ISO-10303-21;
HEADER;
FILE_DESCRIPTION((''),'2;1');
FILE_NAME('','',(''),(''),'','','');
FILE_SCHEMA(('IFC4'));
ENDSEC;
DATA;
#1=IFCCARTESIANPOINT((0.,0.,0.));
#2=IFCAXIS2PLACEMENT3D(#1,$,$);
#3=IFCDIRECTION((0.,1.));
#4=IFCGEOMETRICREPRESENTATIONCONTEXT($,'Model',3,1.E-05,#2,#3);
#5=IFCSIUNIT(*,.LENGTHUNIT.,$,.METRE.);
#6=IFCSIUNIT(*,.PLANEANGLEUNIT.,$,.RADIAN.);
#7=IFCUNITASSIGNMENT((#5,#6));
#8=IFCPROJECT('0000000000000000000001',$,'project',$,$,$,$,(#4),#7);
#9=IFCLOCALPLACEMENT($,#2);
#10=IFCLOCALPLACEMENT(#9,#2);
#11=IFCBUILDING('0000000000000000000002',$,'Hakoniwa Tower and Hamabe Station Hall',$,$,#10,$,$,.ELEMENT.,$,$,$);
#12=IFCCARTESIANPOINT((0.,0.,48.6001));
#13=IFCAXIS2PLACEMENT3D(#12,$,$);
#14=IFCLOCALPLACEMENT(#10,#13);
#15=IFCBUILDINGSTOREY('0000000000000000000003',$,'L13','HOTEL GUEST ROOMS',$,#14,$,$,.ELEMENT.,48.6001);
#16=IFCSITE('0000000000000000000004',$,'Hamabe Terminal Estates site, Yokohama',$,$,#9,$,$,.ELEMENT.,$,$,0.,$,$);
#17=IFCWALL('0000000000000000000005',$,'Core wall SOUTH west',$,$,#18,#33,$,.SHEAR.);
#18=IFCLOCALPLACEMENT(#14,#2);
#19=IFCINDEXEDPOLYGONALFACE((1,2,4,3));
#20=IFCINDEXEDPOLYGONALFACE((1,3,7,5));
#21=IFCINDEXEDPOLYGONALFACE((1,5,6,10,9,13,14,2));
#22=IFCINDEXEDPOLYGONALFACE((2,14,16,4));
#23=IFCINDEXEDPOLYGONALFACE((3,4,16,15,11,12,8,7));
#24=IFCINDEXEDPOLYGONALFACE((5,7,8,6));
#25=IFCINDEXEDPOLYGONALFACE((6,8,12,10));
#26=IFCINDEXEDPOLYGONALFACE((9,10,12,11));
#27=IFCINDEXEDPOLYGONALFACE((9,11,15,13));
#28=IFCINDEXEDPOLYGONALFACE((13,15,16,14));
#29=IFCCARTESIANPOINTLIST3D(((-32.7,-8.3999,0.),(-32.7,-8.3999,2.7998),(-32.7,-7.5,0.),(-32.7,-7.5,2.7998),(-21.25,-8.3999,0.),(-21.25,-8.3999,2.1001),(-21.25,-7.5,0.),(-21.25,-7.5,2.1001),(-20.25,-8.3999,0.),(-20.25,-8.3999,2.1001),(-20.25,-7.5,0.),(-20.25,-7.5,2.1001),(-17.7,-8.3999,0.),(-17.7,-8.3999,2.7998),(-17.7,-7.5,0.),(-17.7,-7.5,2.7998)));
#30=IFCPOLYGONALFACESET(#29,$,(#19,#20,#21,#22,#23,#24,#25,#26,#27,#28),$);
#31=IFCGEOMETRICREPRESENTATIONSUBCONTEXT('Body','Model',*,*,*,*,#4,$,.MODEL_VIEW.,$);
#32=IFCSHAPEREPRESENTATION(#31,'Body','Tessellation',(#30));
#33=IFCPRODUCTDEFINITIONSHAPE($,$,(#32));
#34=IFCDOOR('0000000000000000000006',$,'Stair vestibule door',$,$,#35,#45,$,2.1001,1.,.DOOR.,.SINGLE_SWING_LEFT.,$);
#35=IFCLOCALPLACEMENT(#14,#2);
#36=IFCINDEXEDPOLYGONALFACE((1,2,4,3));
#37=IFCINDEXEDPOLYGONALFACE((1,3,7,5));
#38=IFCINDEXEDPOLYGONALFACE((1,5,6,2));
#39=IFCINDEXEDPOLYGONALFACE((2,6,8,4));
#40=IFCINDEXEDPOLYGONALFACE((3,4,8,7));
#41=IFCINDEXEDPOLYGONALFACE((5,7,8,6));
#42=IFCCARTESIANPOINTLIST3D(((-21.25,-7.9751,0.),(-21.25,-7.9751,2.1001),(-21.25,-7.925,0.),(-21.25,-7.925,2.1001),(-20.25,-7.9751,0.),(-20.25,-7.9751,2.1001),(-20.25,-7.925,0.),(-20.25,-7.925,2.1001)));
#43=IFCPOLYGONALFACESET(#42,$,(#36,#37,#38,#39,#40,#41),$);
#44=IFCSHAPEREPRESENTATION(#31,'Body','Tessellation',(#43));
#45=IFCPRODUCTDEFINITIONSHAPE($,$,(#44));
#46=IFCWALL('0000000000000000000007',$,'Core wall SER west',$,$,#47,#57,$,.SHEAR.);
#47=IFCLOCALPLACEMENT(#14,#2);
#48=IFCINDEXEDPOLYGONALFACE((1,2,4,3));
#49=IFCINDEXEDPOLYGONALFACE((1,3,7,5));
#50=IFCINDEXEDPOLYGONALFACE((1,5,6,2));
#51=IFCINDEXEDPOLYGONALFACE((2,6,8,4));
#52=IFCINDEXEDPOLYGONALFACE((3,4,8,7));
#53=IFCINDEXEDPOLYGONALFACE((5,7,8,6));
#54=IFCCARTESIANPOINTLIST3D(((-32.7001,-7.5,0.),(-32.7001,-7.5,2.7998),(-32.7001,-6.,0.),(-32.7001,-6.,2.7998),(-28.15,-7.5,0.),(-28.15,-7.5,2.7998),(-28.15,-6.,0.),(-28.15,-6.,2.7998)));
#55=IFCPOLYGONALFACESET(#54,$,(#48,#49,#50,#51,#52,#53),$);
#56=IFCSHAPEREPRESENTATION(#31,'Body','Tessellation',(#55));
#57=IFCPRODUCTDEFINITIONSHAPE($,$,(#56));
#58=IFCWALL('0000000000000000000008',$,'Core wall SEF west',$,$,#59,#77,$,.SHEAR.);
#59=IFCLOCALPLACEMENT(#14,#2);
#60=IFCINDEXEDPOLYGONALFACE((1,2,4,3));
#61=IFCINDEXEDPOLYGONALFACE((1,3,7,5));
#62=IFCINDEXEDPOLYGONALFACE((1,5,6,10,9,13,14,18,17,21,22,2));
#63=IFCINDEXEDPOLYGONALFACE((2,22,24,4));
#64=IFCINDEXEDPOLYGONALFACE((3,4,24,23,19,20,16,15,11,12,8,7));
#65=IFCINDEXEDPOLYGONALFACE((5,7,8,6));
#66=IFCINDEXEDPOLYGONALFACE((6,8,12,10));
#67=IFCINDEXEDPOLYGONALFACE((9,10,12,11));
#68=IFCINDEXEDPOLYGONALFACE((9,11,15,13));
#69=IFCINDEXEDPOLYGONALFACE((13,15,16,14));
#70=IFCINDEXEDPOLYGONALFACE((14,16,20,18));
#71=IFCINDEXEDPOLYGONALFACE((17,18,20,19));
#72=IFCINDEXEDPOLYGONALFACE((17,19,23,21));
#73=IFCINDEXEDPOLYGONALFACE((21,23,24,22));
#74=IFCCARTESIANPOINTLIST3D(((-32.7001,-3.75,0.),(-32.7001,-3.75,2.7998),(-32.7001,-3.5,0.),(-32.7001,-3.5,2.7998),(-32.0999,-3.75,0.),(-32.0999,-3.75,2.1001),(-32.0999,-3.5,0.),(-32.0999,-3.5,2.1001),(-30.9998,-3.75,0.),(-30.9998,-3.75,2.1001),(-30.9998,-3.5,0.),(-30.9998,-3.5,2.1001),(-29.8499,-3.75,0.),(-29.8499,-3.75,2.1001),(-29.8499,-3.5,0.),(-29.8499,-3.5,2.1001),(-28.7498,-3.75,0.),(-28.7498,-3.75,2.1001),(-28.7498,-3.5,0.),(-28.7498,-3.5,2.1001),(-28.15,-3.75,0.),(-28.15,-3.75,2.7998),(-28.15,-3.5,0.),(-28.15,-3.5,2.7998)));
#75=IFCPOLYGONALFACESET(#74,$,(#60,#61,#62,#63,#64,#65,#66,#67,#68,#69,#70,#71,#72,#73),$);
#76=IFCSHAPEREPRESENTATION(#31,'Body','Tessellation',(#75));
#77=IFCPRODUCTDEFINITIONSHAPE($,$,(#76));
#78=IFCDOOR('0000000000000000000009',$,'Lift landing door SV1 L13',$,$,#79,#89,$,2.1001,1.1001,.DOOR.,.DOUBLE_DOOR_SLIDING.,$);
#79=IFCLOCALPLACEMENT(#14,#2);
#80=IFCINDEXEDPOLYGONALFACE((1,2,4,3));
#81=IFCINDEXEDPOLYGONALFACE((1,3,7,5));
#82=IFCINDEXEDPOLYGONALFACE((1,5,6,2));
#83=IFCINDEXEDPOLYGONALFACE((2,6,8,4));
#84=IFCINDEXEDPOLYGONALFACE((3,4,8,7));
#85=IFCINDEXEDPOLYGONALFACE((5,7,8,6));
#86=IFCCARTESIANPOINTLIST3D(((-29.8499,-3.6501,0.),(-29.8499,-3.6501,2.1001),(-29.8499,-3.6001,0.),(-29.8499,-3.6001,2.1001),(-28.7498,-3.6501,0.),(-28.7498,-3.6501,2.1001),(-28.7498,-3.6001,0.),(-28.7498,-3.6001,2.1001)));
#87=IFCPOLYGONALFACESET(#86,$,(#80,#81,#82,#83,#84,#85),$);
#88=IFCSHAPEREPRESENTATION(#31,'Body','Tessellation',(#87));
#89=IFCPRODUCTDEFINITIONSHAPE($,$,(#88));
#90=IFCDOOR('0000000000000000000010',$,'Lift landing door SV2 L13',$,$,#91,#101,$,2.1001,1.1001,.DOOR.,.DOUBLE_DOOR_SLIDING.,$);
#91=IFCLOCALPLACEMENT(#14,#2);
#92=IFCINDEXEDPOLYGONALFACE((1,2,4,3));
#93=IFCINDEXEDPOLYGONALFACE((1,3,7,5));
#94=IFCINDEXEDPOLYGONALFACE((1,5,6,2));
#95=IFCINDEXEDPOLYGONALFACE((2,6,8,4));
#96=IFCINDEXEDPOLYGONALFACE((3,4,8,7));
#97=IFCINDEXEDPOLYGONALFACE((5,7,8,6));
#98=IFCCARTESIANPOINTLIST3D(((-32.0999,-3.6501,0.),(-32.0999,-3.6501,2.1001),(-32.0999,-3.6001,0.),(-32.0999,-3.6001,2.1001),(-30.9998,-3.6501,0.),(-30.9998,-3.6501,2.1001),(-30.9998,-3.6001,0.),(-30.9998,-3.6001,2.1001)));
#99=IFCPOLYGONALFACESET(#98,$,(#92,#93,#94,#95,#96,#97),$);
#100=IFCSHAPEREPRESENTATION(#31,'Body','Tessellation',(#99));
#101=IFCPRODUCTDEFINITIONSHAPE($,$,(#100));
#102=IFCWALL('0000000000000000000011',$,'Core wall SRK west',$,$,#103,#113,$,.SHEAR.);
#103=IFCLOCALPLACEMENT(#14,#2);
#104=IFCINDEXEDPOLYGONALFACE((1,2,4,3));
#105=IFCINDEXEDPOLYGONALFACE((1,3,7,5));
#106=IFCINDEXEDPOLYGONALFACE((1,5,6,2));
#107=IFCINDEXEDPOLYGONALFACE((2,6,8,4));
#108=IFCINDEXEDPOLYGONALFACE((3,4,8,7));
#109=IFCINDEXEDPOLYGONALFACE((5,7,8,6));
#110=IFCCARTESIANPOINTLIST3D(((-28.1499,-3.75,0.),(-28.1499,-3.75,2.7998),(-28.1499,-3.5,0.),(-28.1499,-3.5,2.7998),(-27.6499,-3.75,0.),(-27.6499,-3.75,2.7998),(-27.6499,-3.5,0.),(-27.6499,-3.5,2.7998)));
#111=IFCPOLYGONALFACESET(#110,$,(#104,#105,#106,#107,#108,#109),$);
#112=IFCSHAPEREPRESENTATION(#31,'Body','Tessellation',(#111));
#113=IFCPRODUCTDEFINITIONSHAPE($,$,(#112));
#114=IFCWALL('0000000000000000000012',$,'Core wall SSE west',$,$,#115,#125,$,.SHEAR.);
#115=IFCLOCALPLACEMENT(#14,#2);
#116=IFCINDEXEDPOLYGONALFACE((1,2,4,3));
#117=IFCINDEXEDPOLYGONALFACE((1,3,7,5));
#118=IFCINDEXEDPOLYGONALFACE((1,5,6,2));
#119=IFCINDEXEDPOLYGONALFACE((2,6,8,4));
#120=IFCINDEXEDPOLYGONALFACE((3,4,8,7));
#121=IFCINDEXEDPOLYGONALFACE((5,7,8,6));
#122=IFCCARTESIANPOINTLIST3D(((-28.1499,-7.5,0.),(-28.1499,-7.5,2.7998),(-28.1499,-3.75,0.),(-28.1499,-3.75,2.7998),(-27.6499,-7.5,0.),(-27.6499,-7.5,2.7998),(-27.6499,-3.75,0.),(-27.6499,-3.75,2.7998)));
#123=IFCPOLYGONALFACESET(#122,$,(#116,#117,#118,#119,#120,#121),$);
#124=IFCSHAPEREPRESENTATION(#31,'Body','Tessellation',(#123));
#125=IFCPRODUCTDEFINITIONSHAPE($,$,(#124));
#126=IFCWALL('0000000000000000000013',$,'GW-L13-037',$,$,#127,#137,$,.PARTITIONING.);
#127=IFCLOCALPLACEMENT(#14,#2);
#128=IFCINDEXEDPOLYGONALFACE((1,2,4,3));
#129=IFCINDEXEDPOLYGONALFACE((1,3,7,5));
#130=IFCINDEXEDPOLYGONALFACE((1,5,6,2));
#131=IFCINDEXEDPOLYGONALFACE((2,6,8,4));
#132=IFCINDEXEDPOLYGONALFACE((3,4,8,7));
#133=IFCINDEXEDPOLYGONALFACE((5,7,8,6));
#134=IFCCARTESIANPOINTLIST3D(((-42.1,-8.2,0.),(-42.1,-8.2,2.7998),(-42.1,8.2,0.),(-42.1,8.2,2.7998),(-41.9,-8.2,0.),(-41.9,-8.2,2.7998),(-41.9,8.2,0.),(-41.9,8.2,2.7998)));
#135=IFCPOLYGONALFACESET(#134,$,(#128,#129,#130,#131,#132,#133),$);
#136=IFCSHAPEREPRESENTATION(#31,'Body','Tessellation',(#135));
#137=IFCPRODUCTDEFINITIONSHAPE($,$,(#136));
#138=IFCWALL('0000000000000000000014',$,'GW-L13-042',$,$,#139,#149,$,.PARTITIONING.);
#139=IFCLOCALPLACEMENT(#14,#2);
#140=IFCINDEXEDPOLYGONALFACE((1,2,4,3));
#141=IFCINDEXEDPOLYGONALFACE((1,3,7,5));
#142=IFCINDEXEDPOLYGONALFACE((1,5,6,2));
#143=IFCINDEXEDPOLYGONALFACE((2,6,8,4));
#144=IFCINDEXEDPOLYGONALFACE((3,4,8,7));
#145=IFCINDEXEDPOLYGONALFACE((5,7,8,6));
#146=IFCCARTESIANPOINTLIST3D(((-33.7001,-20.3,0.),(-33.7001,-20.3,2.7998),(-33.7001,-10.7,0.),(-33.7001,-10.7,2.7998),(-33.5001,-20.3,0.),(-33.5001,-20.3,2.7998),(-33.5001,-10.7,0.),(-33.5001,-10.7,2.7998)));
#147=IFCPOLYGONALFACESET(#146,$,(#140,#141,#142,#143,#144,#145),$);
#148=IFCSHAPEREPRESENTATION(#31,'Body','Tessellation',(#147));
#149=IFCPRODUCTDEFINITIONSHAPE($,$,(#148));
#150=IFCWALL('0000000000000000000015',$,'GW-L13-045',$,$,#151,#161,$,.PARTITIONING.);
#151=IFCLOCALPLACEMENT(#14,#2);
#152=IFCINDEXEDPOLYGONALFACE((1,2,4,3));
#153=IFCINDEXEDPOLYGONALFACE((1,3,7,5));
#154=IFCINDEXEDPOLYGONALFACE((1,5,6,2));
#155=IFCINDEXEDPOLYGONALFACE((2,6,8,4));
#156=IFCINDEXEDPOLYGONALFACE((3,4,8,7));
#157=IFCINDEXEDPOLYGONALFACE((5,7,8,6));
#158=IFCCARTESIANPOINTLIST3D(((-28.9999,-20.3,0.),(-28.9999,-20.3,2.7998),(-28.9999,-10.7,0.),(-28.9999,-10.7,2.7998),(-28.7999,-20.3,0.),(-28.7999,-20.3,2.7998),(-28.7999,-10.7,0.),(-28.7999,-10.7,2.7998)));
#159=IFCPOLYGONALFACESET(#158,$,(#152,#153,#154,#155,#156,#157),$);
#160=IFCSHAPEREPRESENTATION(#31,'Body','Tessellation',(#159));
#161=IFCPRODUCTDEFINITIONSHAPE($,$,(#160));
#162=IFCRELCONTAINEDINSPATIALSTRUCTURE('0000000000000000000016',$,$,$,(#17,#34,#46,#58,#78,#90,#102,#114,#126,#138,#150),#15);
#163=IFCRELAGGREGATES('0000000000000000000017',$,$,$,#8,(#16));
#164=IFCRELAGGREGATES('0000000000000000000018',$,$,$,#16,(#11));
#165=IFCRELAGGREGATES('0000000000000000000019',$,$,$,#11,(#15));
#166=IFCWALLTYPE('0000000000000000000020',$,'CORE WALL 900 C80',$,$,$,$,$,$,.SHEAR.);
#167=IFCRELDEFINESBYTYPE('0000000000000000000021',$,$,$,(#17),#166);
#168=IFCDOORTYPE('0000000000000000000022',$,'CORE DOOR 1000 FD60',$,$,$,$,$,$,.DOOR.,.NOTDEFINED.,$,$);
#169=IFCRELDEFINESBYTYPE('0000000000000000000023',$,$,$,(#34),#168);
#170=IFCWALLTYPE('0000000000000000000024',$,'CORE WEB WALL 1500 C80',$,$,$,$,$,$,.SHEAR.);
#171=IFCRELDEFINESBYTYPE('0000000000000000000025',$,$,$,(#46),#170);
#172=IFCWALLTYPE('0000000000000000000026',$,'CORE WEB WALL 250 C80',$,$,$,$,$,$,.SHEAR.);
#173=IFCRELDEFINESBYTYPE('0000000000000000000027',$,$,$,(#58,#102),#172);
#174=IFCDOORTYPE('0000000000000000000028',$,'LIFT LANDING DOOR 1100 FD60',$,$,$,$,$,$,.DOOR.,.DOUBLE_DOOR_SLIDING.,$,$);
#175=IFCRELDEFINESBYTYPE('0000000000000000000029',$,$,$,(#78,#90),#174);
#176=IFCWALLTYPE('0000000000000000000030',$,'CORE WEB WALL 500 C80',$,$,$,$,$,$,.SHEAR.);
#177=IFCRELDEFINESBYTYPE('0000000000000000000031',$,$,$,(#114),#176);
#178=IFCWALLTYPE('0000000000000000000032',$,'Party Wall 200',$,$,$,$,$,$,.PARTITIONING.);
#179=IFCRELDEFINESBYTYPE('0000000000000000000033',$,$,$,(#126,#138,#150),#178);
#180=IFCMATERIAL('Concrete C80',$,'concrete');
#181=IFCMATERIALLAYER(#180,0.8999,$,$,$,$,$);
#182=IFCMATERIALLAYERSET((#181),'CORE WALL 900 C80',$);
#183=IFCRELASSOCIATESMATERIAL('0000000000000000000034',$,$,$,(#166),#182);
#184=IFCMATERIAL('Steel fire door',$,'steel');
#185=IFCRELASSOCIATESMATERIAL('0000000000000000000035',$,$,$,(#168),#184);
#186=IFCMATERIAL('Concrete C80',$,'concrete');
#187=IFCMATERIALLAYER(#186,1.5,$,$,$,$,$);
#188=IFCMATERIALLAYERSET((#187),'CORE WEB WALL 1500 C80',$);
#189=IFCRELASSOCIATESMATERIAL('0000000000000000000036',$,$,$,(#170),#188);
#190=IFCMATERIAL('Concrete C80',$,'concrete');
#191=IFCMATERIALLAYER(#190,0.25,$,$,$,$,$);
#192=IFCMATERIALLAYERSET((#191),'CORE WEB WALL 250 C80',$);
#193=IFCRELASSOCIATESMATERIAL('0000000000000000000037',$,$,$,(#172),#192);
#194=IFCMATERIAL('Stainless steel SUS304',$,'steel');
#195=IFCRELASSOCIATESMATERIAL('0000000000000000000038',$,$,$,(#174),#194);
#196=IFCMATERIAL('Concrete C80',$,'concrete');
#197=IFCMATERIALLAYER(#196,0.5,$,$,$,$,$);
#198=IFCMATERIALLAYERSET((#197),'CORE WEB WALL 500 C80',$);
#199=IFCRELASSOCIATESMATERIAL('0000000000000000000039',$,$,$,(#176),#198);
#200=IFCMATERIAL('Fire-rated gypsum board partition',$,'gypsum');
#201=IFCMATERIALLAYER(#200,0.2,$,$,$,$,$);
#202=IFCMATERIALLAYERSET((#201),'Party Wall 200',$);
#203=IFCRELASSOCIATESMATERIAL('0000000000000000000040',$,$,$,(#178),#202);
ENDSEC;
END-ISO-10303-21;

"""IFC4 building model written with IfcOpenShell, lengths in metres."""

from ifc_helpers import new_model, si_unit, direction, frame, frame_2d, origin, place, context, subcontext, project, spatial, rectangle, extrude, material, layer, layer_set, type_object, element, fill, save


model = new_model("IFC4")

# Units and contexts
model_context = context("Model", 3, precision=1e-05, world=origin(), true_north=direction((0.0, 1.0)))
body_context = subcontext(model_context, "Body", "Model", "MODEL_VIEW")
ifc_project = project(units=[si_unit("LENGTHUNIT", "METRE"), si_unit("PLANEANGLEUNIT", "RADIAN")], contexts=[model_context])

# Site, building, storey
site_placement = place(None, origin())
site = spatial("IfcSite", under=ifc_project, at=site_placement, Name="Hamabe Terminal Estates site, Yokohama", CompositionType="ELEMENT", RefElevation=0.0)
building_placement = place(site_placement, origin())
building = spatial("IfcBuilding", under=site, at=building_placement, Name="Hakoniwa Tower and Hamabe Station Hall", CompositionType="ELEMENT")
storey_placement = place(building_placement, frame((0.0, 0.0, 48.6001)))
storey = spatial("IfcBuildingStorey", under=building, at=storey_placement, Name="L13", Description="HOTEL GUEST ROOMS", CompositionType="ELEMENT", Elevation=48.6001)

# Shared definitions
ifc_material_1 = material(Name="Concrete C80", Category="concrete")
ifc_layer_1 = layer(ifc_material_1, 0.8999)
ifc_layer_set_1 = layer_set([ifc_layer_1], Name="CORE WALL 900 C80")
wall_type_1 = type_object("IfcWallType", Name="CORE WALL 900 C80", PredefinedType="SHEAR", material=ifc_layer_set_1)

# Wall, opening, door
wall_1_placement = place(storey_placement, frame((-32.7, -7.95, 0.0), z_axis=(0.0, 0.0, 1.0), x_axis=(1.0, 0.0, 0.0)))
wall_1 = element("IfcWall", 1, at=wall_1_placement, inside=storey, type_object=wall_type_1, Name="Core wall SOUTH west", PredefinedType="SHEAR", context=body_context, shape_type="SweptSolid", body=[
    extrude(rectangle(XDim=15.0, YDim=0.8999, at=frame_2d((7.5, 0.0))), origin(), (0.0, 0.0, 1.0), 2.7998),
])
opening_1_placement = place(wall_1_placement, frame((11.45, 0.0, 0.0)))
opening_1 = element("IfcOpeningElement", 2, at=opening_1_placement, cuts=wall_1, PredefinedType="OPENING", context=body_context, shape_type="SweptSolid", body=[
    extrude(rectangle(XDim=1.0, YDim=2.1001, at=frame_2d((0.5, 1.05))), frame((0.0, 0.46, 0.0), z_axis=(0.0, -1.0, 0.0), x_axis=(1.0, 0.0, 0.0)), (0.0, 0.0, 1.0), 0.9199),
])
ifc_material_2 = material(Name="Steel fire door", Category="steel")
door_type_1 = type_object("IfcDoorType", Name="CORE DOOR 1000 FD60", OperationType="NOTDEFINED", PredefinedType="DOOR", material=ifc_material_2)
door_1_placement = place(opening_1_placement, origin())
door_1 = element("IfcDoor", 3, at=door_1_placement, inside=storey, type_object=door_type_1, Name="Stair vestibule door", OperationType="SINGLE_SWING_LEFT", OverallHeight=2.1001, OverallWidth=1.0, PredefinedType="DOOR", context=body_context, shape_type="SweptSolid", body=[
    extrude(rectangle(XDim=1.0, YDim=2.1001, at=frame_2d((0.5, 1.05))), frame((0.0, 0.0249, 0.0), z_axis=(0.0, -1.0, 0.0), x_axis=(1.0, 0.0, 0.0)), (0.0, 0.0, 1.0), 0.05),
])
fill(opening_1, door_1)

# Wall
ifc_material_3 = material(Name="Concrete C80", Category="concrete")
ifc_layer_2 = layer(ifc_material_3, 1.5)
ifc_layer_set_2 = layer_set([ifc_layer_2], Name="CORE WEB WALL 1500 C80")
wall_type_2 = type_object("IfcWallType", Name="CORE WEB WALL 1500 C80", PredefinedType="SHEAR", material=ifc_layer_set_2)
wall_2_placement = place(storey_placement, frame((-32.7, -6.75, 0.0), z_axis=(0.0, 0.0, 1.0), x_axis=(1.0, 0.0, 0.0)))
element("IfcWall", 4, at=wall_2_placement, inside=storey, type_object=wall_type_2, Name="Core wall SER west", PredefinedType="SHEAR", context=body_context, shape_type="SweptSolid", body=[
    extrude(rectangle(XDim=4.55, YDim=1.5, at=frame_2d((2.2749, 0.0))), origin(), (0.0, 0.0, 1.0), 2.7998),
])

# Wall, openings, doors
ifc_material_4 = material(Name="Concrete C80", Category="concrete")
ifc_layer_3 = layer(ifc_material_4, 0.25)
ifc_layer_set_3 = layer_set([ifc_layer_3], Name="CORE WEB WALL 250 C80")
wall_type_3 = type_object("IfcWallType", Name="CORE WEB WALL 250 C80", PredefinedType="SHEAR", material=ifc_layer_set_3)
wall_3_placement = place(storey_placement, frame((-32.7, -3.625, 0.0), z_axis=(0.0, 0.0, 1.0), x_axis=(1.0, 0.0, 0.0)))
wall_3 = element("IfcWall", 5, at=wall_3_placement, inside=storey, type_object=wall_type_3, Name="Core wall SEF west", PredefinedType="SHEAR", context=body_context, shape_type="SweptSolid", body=[
    extrude(rectangle(XDim=4.55, YDim=0.25, at=frame_2d((2.2749, 0.0))), origin(), (0.0, 0.0, 1.0), 2.7998),
])
opening_2_placement = place(wall_3_placement, frame((2.8501, 0.0, 0.0)))
opening_2 = element("IfcOpeningElement", 6, at=opening_2_placement, cuts=wall_3, PredefinedType="OPENING", context=body_context, shape_type="SweptSolid", body=[
    extrude(rectangle(XDim=1.1001, YDim=2.1001, at=frame_2d((0.55, 1.05))), frame((0.0, 0.135, 0.0), z_axis=(0.0, -1.0, 0.0), x_axis=(1.0, 0.0, 0.0)), (0.0, 0.0, 1.0), 0.27),
])
opening_3_placement = place(wall_3_placement, frame((0.6001, 0.0, 0.0)))
opening_3 = element("IfcOpeningElement", 7, at=opening_3_placement, cuts=wall_3, PredefinedType="OPENING", context=body_context, shape_type="SweptSolid", body=[
    extrude(rectangle(XDim=1.1001, YDim=2.1001, at=frame_2d((0.55, 1.05))), frame((0.0, 0.135, 0.0), z_axis=(0.0, -1.0, 0.0), x_axis=(1.0, 0.0, 0.0)), (0.0, 0.0, 1.0), 0.27),
])
ifc_material_5 = material(Name="Stainless steel SUS304", Category="steel")
door_type_2 = type_object("IfcDoorType", Name="LIFT LANDING DOOR 1100 FD60", OperationType="DOUBLE_DOOR_SLIDING", PredefinedType="DOOR", material=ifc_material_5)
door_2_placement = place(opening_2_placement, origin())
door_2 = element("IfcDoor", 8, at=door_2_placement, inside=storey, type_object=door_type_2, Name="Lift landing door SV1 L13", OperationType="DOUBLE_DOOR_SLIDING", OverallHeight=2.1001, OverallWidth=1.1001, PredefinedType="DOOR", context=body_context, shape_type="SweptSolid", body=[
    extrude(rectangle(XDim=1.1001, YDim=2.1001, at=frame_2d((0.55, 1.05))), frame((0.0, 0.0249, 0.0), z_axis=(0.0, -1.0, 0.0), x_axis=(1.0, 0.0, 0.0)), (0.0, 0.0, 1.0), 0.05),
])
fill(opening_2, door_2)
door_3_placement = place(opening_3_placement, origin())
door_3 = element("IfcDoor", 9, at=door_3_placement, inside=storey, type_object=door_type_2, Name="Lift landing door SV2 L13", OperationType="DOUBLE_DOOR_SLIDING", OverallHeight=2.1001, OverallWidth=1.1001, PredefinedType="DOOR", context=body_context, shape_type="SweptSolid", body=[
    extrude(rectangle(XDim=1.1001, YDim=2.1001, at=frame_2d((0.55, 1.05))), frame((0.0, 0.0249, 0.0), z_axis=(0.0, -1.0, 0.0), x_axis=(1.0, 0.0, 0.0)), (0.0, 0.0, 1.0), 0.05),
])
fill(opening_3, door_3)

# Walls
wall_4_placement = place(storey_placement, frame((-28.1499, -3.625, 0.0), z_axis=(0.0, 0.0, 1.0), x_axis=(1.0, 0.0, 0.0)))
element("IfcWall", 10, at=wall_4_placement, inside=storey, type_object=wall_type_3, Name="Core wall SRK west", PredefinedType="SHEAR", context=body_context, shape_type="SweptSolid", body=[
    extrude(rectangle(XDim=0.5, YDim=0.25, at=frame_2d((0.25, 0.0))), origin(), (0.0, 0.0, 1.0), 2.7998),
])
ifc_material_6 = material(Name="Concrete C80", Category="concrete")
ifc_layer_4 = layer(ifc_material_6, 0.5)
ifc_layer_set_4 = layer_set([ifc_layer_4], Name="CORE WEB WALL 500 C80")
wall_type_4 = type_object("IfcWallType", Name="CORE WEB WALL 500 C80", PredefinedType="SHEAR", material=ifc_layer_set_4)
wall_5_placement = place(storey_placement, frame((-27.8999, -7.5, 0.0), z_axis=(0.0, 0.0, 1.0), x_axis=(0.0, 1.0, 0.0)))
element("IfcWall", 11, at=wall_5_placement, inside=storey, type_object=wall_type_4, Name="Core wall SSE west", PredefinedType="SHEAR", context=body_context, shape_type="SweptSolid", body=[
    extrude(rectangle(XDim=3.75, YDim=0.5, at=frame_2d((1.875, 0.0))), origin(), (0.0, 0.0, 1.0), 2.7998),
])
ifc_material_7 = material(Name="Fire-rated gypsum board partition", Category="gypsum")
ifc_layer_5 = layer(ifc_material_7, 0.2)
ifc_layer_set_5 = layer_set([ifc_layer_5], Name="Party Wall 200")
wall_type_5 = type_object("IfcWallType", Name="Party Wall 200", PredefinedType="PARTITIONING", material=ifc_layer_set_5)
wall_6_placement = place(storey_placement, frame((-42.0, -8.2, 0.0), z_axis=(0.0, 0.0, 1.0), x_axis=(0.0, 1.0, 0.0)))
element("IfcWall", 12, at=wall_6_placement, inside=storey, type_object=wall_type_5, Name="GW-L13-037", PredefinedType="PARTITIONING", context=body_context, shape_type="SweptSolid", body=[
    extrude(rectangle(XDim=16.3999, YDim=0.2, at=frame_2d((8.2, 0.0))), origin(), (0.0, 0.0, 1.0), 2.7998),
])
for number, where, z_axis, x_axis, name in (
    (13, (-33.6001, -20.3, 0.0), (0.0, 0.0, 1.0), (0.0, 1.0, 0.0), "GW-L13-042"),
    (14, (-28.8999, -20.3, 0.0), (0.0, 0.0, 1.0), (0.0, 1.0, 0.0), "GW-L13-045"),
):
    element("IfcWall", number, at=place(storey_placement, frame(where, z_axis=z_axis, x_axis=x_axis)), inside=storey, type_object=wall_type_5, Name=name, PredefinedType="PARTITIONING", context=body_context, shape_type="SweptSolid", body=[
        extrude(rectangle(XDim=9.6001, YDim=0.2, at=frame_2d((4.8, 0.0))), origin(), (0.0, 0.0, 1.0), 2.7998),
    ])

save(model, "model.ifc")
